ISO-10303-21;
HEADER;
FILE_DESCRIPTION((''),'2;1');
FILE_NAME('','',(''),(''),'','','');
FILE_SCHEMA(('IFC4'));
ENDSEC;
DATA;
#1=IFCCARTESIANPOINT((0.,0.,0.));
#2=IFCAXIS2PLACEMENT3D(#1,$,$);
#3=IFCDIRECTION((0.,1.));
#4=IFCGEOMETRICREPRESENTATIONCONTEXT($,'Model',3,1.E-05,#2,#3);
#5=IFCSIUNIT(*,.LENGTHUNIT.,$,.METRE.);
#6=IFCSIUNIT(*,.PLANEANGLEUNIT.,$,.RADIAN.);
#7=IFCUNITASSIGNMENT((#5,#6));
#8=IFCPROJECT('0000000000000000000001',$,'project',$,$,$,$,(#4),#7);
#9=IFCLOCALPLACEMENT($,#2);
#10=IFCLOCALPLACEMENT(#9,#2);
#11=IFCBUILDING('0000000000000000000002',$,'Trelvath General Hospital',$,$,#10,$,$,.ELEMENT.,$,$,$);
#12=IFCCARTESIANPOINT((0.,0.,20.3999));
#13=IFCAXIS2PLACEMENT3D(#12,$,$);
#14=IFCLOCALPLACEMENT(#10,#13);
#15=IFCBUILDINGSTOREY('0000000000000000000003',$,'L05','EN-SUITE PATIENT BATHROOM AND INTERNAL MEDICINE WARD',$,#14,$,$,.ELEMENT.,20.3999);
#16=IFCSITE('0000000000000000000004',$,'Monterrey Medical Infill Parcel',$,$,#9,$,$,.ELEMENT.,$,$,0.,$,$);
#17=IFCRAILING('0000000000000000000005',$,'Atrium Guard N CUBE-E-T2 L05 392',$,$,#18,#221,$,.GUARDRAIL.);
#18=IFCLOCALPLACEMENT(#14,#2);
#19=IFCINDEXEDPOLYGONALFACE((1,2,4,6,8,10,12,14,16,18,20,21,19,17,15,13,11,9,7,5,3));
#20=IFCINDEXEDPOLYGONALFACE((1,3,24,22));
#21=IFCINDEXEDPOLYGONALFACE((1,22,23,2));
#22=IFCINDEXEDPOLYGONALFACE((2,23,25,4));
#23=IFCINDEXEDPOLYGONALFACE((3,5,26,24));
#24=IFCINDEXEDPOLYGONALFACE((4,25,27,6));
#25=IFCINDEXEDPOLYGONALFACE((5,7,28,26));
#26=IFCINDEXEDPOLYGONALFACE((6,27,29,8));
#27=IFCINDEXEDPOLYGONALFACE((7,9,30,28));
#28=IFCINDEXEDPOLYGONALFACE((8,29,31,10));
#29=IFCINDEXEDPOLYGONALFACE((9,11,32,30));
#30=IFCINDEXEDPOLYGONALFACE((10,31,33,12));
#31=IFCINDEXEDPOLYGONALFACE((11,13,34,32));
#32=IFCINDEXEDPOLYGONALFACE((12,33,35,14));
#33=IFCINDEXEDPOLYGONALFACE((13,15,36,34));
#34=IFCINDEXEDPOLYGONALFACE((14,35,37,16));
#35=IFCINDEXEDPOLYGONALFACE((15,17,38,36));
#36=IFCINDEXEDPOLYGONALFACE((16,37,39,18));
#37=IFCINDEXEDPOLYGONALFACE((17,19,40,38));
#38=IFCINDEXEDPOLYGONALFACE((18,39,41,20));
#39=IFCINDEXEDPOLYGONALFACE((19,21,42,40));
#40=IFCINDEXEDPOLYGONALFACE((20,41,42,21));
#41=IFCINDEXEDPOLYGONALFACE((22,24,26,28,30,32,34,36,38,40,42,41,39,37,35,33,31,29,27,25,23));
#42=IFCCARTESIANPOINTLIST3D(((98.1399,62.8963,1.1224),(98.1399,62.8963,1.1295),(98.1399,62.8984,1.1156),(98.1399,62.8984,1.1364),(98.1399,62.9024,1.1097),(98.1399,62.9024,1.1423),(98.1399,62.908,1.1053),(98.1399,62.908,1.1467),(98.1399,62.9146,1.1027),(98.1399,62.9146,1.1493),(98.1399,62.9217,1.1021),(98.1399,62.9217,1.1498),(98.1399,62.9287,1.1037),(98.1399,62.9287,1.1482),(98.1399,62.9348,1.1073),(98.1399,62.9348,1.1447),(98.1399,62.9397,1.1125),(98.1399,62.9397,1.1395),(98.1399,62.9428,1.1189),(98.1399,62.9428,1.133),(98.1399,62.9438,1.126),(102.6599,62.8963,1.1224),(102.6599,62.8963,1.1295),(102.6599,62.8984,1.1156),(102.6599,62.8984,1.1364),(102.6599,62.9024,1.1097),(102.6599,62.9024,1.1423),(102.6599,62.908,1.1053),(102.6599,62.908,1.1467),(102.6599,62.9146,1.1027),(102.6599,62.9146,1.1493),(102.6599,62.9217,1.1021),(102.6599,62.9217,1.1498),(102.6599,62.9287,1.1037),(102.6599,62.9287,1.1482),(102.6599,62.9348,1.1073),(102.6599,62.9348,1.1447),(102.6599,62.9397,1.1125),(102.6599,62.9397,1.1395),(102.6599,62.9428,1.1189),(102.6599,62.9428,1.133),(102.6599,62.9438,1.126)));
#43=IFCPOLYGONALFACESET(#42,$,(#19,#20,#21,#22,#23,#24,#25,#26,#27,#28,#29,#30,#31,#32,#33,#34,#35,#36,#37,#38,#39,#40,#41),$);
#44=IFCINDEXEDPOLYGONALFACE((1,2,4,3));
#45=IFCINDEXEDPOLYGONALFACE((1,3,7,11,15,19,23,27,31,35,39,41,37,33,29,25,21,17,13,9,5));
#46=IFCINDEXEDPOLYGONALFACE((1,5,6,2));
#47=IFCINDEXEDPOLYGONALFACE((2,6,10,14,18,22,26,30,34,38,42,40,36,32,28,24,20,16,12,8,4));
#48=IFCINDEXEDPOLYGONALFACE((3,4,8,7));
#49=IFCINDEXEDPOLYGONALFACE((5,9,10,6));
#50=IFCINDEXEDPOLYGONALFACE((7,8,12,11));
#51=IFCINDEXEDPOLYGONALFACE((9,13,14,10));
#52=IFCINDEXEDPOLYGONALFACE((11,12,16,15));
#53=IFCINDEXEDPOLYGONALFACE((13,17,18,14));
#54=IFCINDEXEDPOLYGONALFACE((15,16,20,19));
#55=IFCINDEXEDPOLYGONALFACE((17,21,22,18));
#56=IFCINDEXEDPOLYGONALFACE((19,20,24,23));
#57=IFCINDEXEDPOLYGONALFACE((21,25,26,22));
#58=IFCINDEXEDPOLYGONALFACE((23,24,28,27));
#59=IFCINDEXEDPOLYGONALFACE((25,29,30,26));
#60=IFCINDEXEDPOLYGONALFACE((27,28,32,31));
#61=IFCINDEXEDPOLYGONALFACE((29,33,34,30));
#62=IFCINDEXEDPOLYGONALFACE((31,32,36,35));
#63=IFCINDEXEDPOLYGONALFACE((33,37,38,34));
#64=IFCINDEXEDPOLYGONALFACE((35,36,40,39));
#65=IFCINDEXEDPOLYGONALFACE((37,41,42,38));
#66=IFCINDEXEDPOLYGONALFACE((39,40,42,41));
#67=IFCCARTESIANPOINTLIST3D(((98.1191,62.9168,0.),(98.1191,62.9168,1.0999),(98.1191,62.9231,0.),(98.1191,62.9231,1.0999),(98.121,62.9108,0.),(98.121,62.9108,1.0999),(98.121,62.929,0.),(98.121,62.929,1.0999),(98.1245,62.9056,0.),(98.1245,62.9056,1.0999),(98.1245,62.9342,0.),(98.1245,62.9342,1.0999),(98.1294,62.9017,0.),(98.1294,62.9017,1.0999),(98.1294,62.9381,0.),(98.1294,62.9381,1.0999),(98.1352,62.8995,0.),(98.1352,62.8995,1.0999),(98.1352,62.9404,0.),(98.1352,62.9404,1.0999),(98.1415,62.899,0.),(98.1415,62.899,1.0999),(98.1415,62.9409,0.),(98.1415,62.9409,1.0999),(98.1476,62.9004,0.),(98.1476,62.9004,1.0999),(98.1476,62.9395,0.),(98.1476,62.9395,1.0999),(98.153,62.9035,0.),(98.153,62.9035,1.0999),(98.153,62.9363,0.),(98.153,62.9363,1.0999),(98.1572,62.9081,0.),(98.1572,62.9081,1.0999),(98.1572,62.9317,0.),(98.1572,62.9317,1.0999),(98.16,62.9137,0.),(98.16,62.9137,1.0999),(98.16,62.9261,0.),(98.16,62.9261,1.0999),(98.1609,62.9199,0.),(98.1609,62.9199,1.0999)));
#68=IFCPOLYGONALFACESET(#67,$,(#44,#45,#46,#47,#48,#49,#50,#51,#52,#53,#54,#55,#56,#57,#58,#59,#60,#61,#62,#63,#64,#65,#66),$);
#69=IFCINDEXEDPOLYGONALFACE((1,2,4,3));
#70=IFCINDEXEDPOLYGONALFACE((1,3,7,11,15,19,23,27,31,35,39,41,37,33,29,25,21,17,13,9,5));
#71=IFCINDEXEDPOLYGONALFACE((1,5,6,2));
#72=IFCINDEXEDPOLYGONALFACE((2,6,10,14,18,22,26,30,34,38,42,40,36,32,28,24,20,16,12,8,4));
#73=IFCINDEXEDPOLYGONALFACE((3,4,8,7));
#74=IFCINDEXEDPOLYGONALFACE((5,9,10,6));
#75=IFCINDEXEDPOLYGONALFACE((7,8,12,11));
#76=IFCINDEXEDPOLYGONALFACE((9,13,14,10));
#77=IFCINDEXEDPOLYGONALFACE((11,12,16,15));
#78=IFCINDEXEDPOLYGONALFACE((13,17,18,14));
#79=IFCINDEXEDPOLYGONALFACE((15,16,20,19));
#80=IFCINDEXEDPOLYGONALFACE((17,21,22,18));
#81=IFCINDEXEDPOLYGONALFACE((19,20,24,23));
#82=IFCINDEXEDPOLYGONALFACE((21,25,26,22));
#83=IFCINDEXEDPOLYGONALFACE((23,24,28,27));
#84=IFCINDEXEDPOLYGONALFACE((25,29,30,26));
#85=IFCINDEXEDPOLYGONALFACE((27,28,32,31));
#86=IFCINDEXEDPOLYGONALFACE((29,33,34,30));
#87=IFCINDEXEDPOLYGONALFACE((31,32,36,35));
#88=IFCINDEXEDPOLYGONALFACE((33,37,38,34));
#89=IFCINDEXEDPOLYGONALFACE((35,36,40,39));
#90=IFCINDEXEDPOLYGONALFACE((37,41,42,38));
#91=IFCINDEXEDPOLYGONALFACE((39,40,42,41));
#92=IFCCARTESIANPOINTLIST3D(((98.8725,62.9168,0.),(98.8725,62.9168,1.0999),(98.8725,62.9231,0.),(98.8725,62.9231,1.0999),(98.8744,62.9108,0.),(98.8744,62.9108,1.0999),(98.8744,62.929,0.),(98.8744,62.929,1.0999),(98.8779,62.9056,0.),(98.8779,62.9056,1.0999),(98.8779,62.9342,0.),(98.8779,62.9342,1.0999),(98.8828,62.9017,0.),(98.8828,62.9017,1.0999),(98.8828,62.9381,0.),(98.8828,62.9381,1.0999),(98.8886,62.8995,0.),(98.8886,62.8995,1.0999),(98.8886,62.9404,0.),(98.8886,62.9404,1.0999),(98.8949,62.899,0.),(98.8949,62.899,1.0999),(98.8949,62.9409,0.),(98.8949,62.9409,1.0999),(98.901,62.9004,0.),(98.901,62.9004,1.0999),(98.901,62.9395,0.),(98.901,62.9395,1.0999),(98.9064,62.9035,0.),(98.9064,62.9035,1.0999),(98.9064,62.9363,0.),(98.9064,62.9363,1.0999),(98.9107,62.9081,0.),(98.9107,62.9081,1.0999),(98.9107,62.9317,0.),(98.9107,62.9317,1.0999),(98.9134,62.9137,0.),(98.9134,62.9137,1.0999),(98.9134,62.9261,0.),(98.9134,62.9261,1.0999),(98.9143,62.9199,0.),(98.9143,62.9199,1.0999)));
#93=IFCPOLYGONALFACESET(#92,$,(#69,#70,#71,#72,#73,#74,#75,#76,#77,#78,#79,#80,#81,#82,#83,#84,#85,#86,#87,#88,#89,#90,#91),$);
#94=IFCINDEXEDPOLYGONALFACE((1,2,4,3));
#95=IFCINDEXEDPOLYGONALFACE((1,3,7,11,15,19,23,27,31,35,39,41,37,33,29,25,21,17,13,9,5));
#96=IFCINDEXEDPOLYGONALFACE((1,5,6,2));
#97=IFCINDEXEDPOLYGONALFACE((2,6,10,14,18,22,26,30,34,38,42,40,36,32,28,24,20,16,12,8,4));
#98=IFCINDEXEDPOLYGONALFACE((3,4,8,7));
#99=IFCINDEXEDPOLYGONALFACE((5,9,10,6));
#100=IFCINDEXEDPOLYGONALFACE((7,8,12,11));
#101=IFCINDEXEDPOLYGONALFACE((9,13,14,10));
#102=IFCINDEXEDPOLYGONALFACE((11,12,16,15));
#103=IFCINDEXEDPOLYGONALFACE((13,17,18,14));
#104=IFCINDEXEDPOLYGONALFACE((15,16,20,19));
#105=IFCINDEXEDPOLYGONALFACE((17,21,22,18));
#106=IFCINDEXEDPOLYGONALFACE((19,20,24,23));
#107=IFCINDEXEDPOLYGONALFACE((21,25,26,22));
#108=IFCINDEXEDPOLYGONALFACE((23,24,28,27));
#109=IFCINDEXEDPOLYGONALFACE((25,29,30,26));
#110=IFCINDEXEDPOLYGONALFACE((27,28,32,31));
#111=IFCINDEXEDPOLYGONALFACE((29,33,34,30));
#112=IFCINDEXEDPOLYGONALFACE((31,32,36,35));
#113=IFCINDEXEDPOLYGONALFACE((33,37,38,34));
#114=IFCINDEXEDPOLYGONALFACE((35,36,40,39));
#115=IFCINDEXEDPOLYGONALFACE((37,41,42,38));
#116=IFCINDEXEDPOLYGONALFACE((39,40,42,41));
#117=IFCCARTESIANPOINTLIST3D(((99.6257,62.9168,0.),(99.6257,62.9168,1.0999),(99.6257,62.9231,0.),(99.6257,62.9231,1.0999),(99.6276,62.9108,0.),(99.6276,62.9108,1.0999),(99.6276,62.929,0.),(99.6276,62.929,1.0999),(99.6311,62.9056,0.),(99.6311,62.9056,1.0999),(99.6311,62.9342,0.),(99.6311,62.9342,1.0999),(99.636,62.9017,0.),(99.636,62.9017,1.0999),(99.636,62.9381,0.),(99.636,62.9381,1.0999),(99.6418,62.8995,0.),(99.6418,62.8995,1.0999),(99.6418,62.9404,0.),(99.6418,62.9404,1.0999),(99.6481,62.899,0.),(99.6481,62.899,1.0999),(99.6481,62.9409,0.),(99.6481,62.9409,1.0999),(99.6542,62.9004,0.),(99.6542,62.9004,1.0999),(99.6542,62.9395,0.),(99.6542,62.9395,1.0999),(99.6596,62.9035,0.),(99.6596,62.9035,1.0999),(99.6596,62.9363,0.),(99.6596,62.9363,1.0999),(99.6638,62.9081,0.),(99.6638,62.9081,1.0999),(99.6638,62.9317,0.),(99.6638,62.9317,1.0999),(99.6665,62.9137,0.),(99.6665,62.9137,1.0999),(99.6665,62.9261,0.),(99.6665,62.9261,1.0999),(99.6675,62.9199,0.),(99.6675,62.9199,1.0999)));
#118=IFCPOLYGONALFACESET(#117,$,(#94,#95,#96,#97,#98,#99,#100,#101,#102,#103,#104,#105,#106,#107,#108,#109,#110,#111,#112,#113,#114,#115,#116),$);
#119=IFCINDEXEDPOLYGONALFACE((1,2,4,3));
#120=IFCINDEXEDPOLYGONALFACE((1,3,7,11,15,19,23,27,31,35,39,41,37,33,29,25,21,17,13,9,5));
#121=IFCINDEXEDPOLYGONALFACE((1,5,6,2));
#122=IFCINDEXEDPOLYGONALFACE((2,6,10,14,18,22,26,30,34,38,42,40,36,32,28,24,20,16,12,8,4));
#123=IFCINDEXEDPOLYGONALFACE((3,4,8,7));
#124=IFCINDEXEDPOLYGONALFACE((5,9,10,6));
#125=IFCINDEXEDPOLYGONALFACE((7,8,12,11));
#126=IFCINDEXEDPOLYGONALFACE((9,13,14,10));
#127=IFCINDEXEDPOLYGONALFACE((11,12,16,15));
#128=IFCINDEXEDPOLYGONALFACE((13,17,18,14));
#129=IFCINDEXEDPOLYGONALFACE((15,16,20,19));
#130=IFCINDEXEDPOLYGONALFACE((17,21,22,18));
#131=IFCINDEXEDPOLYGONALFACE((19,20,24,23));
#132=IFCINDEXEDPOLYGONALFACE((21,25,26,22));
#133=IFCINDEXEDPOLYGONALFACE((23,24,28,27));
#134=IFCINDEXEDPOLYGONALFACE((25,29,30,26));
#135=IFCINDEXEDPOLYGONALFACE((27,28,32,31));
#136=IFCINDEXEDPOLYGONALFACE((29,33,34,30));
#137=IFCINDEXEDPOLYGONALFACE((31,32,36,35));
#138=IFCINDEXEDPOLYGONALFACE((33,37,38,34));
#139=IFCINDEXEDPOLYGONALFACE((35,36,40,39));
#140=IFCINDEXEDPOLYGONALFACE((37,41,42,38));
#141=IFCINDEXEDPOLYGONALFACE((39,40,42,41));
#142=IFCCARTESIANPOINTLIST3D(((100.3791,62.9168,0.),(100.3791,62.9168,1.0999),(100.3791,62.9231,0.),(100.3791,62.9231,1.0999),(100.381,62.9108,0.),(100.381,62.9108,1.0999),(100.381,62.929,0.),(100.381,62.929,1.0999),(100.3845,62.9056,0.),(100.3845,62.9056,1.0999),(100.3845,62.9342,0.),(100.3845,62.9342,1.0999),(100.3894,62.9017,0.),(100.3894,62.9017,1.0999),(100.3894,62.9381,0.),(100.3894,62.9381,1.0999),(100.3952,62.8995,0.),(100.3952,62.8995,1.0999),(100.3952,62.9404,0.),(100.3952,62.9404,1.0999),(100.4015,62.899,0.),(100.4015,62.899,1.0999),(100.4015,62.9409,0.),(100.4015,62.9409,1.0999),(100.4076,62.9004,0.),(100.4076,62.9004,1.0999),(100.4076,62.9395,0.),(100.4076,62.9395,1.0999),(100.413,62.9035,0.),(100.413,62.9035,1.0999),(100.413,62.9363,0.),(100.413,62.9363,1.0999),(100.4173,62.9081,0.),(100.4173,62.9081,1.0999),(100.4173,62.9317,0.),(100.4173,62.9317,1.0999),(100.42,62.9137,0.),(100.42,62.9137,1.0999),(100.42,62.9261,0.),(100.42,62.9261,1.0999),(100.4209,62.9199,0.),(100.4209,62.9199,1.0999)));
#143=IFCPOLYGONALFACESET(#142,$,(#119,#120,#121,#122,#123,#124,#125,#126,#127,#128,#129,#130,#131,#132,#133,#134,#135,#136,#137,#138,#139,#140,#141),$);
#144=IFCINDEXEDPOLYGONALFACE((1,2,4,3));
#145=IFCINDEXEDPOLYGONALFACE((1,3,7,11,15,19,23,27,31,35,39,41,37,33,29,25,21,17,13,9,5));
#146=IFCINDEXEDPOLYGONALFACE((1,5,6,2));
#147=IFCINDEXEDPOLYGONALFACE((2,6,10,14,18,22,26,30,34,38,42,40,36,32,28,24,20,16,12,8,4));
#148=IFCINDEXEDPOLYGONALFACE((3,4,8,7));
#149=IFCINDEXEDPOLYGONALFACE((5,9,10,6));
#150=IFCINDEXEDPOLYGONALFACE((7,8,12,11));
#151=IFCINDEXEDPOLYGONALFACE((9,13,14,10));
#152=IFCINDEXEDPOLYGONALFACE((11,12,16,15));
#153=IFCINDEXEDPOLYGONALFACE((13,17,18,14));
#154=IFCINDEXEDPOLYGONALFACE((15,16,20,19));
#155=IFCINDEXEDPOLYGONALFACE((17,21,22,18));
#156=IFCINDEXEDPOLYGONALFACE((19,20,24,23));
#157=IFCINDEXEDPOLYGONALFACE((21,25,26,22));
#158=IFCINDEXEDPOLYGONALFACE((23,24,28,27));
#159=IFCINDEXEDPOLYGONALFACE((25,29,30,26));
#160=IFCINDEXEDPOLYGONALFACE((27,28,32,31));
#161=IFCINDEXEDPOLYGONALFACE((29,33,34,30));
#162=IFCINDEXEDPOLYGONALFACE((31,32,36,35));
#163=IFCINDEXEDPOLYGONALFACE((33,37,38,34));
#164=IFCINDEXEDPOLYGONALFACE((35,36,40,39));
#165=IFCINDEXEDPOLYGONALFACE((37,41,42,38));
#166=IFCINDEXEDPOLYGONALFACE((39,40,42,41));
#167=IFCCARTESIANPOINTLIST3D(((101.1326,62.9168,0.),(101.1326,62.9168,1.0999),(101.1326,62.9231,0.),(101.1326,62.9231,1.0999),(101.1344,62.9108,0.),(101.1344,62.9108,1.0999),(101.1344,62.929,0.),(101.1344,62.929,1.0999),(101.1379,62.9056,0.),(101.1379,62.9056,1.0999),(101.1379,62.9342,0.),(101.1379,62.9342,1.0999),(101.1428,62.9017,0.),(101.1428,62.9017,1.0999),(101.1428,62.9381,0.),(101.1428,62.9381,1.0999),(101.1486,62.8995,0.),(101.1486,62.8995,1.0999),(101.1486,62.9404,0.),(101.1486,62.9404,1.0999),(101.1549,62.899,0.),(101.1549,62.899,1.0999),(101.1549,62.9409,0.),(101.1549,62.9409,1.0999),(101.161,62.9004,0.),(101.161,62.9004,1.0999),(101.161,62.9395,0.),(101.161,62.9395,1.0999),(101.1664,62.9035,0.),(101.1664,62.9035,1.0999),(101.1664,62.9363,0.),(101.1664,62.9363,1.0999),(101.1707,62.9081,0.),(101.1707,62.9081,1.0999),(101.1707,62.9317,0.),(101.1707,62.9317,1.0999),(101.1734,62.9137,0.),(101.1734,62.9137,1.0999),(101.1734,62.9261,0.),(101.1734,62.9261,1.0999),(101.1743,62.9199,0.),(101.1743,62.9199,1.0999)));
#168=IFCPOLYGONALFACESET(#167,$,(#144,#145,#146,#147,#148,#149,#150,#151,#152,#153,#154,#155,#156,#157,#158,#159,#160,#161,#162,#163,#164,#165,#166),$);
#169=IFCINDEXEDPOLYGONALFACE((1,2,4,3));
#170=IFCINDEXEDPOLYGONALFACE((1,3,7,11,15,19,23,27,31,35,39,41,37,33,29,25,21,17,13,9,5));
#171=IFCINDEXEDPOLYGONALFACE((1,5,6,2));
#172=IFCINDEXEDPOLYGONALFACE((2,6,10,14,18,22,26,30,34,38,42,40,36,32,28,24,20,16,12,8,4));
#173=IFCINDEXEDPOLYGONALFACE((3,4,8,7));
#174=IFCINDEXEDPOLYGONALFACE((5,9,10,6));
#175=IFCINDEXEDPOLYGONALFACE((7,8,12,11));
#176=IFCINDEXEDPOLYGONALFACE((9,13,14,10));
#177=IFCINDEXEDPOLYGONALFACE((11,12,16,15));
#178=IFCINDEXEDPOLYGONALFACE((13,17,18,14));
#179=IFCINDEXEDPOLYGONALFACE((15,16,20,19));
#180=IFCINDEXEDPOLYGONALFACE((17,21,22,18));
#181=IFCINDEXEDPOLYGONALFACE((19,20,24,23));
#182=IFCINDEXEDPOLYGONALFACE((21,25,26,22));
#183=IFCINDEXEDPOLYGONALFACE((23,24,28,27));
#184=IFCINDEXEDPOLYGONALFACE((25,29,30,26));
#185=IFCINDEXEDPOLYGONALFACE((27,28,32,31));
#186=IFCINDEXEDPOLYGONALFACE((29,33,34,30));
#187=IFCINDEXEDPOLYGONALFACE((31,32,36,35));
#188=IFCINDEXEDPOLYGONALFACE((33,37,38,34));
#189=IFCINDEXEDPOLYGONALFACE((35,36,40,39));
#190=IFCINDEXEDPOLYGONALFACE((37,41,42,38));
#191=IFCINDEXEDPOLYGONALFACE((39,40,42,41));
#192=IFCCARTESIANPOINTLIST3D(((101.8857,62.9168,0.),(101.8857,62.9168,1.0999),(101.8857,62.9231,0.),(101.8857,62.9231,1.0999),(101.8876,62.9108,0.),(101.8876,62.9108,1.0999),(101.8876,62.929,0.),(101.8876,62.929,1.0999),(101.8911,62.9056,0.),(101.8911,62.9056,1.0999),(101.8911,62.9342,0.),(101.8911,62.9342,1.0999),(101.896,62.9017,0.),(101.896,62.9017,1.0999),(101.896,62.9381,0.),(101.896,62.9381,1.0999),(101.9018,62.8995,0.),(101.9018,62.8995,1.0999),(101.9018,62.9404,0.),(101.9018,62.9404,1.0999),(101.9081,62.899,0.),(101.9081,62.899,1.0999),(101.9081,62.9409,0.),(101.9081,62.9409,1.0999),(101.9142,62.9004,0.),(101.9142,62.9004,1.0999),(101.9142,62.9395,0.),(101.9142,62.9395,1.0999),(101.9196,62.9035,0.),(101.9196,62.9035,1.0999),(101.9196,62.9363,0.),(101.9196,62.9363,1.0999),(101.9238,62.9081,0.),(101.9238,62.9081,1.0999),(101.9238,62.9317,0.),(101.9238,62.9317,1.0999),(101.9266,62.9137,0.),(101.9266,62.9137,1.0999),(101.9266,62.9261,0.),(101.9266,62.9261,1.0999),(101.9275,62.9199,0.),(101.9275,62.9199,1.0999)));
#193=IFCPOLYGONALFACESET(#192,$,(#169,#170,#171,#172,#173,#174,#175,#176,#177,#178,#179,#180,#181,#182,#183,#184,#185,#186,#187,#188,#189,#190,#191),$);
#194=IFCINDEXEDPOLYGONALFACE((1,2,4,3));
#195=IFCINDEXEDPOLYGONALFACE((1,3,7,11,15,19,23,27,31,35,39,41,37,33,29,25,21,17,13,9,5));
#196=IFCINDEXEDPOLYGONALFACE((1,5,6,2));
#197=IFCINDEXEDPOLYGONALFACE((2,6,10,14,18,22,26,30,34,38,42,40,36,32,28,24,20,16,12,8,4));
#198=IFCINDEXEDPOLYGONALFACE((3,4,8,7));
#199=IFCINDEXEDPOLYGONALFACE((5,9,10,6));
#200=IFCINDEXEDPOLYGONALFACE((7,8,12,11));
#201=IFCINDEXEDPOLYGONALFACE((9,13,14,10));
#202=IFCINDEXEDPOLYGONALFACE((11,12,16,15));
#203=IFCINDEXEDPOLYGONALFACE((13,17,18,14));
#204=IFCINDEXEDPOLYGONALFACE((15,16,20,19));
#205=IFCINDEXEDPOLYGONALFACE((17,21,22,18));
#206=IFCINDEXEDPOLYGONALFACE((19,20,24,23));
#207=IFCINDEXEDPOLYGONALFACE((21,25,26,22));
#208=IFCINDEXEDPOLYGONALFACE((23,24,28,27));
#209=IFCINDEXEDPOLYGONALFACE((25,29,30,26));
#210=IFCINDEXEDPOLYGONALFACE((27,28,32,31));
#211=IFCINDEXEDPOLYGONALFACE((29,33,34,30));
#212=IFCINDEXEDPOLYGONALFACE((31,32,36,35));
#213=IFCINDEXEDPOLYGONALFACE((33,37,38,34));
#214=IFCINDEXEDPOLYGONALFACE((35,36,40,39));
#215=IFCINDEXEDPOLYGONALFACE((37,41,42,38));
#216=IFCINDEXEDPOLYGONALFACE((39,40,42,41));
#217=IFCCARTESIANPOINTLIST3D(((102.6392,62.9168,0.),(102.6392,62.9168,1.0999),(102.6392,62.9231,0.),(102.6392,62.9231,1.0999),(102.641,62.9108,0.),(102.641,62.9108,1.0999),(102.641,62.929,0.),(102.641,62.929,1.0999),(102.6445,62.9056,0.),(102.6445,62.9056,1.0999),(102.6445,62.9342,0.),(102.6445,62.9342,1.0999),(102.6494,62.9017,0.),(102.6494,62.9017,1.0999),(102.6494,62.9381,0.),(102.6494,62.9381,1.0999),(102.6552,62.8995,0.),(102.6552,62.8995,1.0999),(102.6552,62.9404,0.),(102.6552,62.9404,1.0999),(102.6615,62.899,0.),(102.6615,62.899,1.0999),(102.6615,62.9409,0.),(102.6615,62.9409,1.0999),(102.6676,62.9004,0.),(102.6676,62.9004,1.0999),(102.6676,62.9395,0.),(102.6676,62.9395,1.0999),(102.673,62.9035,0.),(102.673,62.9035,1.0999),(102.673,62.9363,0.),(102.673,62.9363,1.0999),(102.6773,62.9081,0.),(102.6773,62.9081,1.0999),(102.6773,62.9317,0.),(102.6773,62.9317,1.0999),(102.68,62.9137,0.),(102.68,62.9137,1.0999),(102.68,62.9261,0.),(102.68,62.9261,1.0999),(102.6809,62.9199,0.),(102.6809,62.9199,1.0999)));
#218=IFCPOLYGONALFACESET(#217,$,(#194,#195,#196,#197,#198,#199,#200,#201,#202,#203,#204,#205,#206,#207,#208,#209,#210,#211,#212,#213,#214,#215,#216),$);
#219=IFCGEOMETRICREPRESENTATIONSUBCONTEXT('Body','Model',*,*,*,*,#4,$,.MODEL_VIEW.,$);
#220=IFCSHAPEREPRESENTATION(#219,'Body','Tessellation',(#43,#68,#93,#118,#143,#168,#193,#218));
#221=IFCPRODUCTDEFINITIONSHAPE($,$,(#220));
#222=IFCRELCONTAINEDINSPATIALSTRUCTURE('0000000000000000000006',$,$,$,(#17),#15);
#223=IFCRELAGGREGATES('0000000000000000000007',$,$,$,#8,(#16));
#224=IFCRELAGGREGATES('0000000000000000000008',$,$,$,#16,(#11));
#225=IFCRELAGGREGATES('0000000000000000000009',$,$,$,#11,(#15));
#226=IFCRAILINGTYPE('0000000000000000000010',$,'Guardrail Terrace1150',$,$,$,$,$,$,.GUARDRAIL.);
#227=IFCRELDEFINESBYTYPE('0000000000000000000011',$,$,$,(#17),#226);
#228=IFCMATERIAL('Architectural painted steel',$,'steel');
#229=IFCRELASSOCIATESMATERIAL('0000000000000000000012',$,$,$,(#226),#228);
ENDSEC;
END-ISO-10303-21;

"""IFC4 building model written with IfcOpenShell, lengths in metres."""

from ifc_helpers import new_model, si_unit, direction, frame, origin, origin_2d, place, context, subcontext, project, spatial, circle, extrude, material, type_object, element, save


model = new_model("IFC4")

# Units and contexts
model_context = context("Model", 3, precision=1e-05, world=origin(), true_north=direction((0.0, 1.0)))
body_context = subcontext(model_context, "Body", "Model", "MODEL_VIEW")
ifc_project = project(units=[si_unit("LENGTHUNIT", "METRE"), si_unit("PLANEANGLEUNIT", "RADIAN")], contexts=[model_context])

# Site, building, storey
site_placement = place(None, origin())
site = spatial("IfcSite", under=ifc_project, at=site_placement, Name="Monterrey Medical Infill Parcel", CompositionType="ELEMENT", RefElevation=0.0)
building_placement = place(site_placement, origin())
building = spatial("IfcBuilding", under=site, at=building_placement, Name="Trelvath General Hospital", CompositionType="ELEMENT")
storey_placement = place(building_placement, frame((0.0, 0.0, 20.3999)))
storey = spatial("IfcBuildingStorey", under=building, at=storey_placement, Name="L05", Description="EN-SUITE PATIENT BATHROOM AND INTERNAL MEDICINE WARD", CompositionType="ELEMENT", Elevation=20.3999)

# Railing
ifc_material_1 = material(Name="Architectural painted steel", Category="steel")
railing_type = type_object("IfcRailingType", Name="Guardrail Terrace1150", PredefinedType="GUARDRAIL", material=ifc_material_1)
railing_1_placement = place(storey_placement, frame((98.1399, 62.9199, 0.0)))
element("IfcRailing", 1, at=railing_1_placement, inside=storey, type_object=railing_type, Name="Atrium Guard N CUBE-E-T2 L05 392", PredefinedType="GUARDRAIL", context=body_context, shape_type="SweptSolid", body=[
    extrude(circle(Radius=0.0239, at=origin_2d()), frame((0.0, 0.0, 1.126), z_axis=(1.0, 0.0, 0.0), x_axis=(0.0, 1.0, 0.0)), (0.0, 0.0, 1.0), 4.52),
    extrude(circle(Radius=0.021, at=origin_2d()), origin(), (0.0, 0.0, 1.0), 1.0999),
    extrude(circle(Radius=0.021, at=origin_2d()), frame((0.7534, 0.0, 0.0)), (0.0, 0.0, 1.0), 1.0999),
    extrude(circle(Radius=0.021, at=origin_2d()), frame((1.5066, 0.0, 0.0)), (0.0, 0.0, 1.0), 1.0999),
    extrude(circle(Radius=0.021, at=origin_2d()), frame((2.26, 0.0, 0.0)), (0.0, 0.0, 1.0), 1.0999),
    extrude(circle(Radius=0.021, at=origin_2d()), frame((3.0134, 0.0, 0.0)), (0.0, 0.0, 1.0), 1.0999),
    extrude(circle(Radius=0.021, at=origin_2d()), frame((3.7666, 0.0, 0.0)), (0.0, 0.0, 1.0), 1.0999),
    extrude(circle(Radius=0.021, at=origin_2d()), frame((4.52, 0.0, 0.0)), (0.0, 0.0, 1.0), 1.0999),
])

save(model, "model.ifc")
